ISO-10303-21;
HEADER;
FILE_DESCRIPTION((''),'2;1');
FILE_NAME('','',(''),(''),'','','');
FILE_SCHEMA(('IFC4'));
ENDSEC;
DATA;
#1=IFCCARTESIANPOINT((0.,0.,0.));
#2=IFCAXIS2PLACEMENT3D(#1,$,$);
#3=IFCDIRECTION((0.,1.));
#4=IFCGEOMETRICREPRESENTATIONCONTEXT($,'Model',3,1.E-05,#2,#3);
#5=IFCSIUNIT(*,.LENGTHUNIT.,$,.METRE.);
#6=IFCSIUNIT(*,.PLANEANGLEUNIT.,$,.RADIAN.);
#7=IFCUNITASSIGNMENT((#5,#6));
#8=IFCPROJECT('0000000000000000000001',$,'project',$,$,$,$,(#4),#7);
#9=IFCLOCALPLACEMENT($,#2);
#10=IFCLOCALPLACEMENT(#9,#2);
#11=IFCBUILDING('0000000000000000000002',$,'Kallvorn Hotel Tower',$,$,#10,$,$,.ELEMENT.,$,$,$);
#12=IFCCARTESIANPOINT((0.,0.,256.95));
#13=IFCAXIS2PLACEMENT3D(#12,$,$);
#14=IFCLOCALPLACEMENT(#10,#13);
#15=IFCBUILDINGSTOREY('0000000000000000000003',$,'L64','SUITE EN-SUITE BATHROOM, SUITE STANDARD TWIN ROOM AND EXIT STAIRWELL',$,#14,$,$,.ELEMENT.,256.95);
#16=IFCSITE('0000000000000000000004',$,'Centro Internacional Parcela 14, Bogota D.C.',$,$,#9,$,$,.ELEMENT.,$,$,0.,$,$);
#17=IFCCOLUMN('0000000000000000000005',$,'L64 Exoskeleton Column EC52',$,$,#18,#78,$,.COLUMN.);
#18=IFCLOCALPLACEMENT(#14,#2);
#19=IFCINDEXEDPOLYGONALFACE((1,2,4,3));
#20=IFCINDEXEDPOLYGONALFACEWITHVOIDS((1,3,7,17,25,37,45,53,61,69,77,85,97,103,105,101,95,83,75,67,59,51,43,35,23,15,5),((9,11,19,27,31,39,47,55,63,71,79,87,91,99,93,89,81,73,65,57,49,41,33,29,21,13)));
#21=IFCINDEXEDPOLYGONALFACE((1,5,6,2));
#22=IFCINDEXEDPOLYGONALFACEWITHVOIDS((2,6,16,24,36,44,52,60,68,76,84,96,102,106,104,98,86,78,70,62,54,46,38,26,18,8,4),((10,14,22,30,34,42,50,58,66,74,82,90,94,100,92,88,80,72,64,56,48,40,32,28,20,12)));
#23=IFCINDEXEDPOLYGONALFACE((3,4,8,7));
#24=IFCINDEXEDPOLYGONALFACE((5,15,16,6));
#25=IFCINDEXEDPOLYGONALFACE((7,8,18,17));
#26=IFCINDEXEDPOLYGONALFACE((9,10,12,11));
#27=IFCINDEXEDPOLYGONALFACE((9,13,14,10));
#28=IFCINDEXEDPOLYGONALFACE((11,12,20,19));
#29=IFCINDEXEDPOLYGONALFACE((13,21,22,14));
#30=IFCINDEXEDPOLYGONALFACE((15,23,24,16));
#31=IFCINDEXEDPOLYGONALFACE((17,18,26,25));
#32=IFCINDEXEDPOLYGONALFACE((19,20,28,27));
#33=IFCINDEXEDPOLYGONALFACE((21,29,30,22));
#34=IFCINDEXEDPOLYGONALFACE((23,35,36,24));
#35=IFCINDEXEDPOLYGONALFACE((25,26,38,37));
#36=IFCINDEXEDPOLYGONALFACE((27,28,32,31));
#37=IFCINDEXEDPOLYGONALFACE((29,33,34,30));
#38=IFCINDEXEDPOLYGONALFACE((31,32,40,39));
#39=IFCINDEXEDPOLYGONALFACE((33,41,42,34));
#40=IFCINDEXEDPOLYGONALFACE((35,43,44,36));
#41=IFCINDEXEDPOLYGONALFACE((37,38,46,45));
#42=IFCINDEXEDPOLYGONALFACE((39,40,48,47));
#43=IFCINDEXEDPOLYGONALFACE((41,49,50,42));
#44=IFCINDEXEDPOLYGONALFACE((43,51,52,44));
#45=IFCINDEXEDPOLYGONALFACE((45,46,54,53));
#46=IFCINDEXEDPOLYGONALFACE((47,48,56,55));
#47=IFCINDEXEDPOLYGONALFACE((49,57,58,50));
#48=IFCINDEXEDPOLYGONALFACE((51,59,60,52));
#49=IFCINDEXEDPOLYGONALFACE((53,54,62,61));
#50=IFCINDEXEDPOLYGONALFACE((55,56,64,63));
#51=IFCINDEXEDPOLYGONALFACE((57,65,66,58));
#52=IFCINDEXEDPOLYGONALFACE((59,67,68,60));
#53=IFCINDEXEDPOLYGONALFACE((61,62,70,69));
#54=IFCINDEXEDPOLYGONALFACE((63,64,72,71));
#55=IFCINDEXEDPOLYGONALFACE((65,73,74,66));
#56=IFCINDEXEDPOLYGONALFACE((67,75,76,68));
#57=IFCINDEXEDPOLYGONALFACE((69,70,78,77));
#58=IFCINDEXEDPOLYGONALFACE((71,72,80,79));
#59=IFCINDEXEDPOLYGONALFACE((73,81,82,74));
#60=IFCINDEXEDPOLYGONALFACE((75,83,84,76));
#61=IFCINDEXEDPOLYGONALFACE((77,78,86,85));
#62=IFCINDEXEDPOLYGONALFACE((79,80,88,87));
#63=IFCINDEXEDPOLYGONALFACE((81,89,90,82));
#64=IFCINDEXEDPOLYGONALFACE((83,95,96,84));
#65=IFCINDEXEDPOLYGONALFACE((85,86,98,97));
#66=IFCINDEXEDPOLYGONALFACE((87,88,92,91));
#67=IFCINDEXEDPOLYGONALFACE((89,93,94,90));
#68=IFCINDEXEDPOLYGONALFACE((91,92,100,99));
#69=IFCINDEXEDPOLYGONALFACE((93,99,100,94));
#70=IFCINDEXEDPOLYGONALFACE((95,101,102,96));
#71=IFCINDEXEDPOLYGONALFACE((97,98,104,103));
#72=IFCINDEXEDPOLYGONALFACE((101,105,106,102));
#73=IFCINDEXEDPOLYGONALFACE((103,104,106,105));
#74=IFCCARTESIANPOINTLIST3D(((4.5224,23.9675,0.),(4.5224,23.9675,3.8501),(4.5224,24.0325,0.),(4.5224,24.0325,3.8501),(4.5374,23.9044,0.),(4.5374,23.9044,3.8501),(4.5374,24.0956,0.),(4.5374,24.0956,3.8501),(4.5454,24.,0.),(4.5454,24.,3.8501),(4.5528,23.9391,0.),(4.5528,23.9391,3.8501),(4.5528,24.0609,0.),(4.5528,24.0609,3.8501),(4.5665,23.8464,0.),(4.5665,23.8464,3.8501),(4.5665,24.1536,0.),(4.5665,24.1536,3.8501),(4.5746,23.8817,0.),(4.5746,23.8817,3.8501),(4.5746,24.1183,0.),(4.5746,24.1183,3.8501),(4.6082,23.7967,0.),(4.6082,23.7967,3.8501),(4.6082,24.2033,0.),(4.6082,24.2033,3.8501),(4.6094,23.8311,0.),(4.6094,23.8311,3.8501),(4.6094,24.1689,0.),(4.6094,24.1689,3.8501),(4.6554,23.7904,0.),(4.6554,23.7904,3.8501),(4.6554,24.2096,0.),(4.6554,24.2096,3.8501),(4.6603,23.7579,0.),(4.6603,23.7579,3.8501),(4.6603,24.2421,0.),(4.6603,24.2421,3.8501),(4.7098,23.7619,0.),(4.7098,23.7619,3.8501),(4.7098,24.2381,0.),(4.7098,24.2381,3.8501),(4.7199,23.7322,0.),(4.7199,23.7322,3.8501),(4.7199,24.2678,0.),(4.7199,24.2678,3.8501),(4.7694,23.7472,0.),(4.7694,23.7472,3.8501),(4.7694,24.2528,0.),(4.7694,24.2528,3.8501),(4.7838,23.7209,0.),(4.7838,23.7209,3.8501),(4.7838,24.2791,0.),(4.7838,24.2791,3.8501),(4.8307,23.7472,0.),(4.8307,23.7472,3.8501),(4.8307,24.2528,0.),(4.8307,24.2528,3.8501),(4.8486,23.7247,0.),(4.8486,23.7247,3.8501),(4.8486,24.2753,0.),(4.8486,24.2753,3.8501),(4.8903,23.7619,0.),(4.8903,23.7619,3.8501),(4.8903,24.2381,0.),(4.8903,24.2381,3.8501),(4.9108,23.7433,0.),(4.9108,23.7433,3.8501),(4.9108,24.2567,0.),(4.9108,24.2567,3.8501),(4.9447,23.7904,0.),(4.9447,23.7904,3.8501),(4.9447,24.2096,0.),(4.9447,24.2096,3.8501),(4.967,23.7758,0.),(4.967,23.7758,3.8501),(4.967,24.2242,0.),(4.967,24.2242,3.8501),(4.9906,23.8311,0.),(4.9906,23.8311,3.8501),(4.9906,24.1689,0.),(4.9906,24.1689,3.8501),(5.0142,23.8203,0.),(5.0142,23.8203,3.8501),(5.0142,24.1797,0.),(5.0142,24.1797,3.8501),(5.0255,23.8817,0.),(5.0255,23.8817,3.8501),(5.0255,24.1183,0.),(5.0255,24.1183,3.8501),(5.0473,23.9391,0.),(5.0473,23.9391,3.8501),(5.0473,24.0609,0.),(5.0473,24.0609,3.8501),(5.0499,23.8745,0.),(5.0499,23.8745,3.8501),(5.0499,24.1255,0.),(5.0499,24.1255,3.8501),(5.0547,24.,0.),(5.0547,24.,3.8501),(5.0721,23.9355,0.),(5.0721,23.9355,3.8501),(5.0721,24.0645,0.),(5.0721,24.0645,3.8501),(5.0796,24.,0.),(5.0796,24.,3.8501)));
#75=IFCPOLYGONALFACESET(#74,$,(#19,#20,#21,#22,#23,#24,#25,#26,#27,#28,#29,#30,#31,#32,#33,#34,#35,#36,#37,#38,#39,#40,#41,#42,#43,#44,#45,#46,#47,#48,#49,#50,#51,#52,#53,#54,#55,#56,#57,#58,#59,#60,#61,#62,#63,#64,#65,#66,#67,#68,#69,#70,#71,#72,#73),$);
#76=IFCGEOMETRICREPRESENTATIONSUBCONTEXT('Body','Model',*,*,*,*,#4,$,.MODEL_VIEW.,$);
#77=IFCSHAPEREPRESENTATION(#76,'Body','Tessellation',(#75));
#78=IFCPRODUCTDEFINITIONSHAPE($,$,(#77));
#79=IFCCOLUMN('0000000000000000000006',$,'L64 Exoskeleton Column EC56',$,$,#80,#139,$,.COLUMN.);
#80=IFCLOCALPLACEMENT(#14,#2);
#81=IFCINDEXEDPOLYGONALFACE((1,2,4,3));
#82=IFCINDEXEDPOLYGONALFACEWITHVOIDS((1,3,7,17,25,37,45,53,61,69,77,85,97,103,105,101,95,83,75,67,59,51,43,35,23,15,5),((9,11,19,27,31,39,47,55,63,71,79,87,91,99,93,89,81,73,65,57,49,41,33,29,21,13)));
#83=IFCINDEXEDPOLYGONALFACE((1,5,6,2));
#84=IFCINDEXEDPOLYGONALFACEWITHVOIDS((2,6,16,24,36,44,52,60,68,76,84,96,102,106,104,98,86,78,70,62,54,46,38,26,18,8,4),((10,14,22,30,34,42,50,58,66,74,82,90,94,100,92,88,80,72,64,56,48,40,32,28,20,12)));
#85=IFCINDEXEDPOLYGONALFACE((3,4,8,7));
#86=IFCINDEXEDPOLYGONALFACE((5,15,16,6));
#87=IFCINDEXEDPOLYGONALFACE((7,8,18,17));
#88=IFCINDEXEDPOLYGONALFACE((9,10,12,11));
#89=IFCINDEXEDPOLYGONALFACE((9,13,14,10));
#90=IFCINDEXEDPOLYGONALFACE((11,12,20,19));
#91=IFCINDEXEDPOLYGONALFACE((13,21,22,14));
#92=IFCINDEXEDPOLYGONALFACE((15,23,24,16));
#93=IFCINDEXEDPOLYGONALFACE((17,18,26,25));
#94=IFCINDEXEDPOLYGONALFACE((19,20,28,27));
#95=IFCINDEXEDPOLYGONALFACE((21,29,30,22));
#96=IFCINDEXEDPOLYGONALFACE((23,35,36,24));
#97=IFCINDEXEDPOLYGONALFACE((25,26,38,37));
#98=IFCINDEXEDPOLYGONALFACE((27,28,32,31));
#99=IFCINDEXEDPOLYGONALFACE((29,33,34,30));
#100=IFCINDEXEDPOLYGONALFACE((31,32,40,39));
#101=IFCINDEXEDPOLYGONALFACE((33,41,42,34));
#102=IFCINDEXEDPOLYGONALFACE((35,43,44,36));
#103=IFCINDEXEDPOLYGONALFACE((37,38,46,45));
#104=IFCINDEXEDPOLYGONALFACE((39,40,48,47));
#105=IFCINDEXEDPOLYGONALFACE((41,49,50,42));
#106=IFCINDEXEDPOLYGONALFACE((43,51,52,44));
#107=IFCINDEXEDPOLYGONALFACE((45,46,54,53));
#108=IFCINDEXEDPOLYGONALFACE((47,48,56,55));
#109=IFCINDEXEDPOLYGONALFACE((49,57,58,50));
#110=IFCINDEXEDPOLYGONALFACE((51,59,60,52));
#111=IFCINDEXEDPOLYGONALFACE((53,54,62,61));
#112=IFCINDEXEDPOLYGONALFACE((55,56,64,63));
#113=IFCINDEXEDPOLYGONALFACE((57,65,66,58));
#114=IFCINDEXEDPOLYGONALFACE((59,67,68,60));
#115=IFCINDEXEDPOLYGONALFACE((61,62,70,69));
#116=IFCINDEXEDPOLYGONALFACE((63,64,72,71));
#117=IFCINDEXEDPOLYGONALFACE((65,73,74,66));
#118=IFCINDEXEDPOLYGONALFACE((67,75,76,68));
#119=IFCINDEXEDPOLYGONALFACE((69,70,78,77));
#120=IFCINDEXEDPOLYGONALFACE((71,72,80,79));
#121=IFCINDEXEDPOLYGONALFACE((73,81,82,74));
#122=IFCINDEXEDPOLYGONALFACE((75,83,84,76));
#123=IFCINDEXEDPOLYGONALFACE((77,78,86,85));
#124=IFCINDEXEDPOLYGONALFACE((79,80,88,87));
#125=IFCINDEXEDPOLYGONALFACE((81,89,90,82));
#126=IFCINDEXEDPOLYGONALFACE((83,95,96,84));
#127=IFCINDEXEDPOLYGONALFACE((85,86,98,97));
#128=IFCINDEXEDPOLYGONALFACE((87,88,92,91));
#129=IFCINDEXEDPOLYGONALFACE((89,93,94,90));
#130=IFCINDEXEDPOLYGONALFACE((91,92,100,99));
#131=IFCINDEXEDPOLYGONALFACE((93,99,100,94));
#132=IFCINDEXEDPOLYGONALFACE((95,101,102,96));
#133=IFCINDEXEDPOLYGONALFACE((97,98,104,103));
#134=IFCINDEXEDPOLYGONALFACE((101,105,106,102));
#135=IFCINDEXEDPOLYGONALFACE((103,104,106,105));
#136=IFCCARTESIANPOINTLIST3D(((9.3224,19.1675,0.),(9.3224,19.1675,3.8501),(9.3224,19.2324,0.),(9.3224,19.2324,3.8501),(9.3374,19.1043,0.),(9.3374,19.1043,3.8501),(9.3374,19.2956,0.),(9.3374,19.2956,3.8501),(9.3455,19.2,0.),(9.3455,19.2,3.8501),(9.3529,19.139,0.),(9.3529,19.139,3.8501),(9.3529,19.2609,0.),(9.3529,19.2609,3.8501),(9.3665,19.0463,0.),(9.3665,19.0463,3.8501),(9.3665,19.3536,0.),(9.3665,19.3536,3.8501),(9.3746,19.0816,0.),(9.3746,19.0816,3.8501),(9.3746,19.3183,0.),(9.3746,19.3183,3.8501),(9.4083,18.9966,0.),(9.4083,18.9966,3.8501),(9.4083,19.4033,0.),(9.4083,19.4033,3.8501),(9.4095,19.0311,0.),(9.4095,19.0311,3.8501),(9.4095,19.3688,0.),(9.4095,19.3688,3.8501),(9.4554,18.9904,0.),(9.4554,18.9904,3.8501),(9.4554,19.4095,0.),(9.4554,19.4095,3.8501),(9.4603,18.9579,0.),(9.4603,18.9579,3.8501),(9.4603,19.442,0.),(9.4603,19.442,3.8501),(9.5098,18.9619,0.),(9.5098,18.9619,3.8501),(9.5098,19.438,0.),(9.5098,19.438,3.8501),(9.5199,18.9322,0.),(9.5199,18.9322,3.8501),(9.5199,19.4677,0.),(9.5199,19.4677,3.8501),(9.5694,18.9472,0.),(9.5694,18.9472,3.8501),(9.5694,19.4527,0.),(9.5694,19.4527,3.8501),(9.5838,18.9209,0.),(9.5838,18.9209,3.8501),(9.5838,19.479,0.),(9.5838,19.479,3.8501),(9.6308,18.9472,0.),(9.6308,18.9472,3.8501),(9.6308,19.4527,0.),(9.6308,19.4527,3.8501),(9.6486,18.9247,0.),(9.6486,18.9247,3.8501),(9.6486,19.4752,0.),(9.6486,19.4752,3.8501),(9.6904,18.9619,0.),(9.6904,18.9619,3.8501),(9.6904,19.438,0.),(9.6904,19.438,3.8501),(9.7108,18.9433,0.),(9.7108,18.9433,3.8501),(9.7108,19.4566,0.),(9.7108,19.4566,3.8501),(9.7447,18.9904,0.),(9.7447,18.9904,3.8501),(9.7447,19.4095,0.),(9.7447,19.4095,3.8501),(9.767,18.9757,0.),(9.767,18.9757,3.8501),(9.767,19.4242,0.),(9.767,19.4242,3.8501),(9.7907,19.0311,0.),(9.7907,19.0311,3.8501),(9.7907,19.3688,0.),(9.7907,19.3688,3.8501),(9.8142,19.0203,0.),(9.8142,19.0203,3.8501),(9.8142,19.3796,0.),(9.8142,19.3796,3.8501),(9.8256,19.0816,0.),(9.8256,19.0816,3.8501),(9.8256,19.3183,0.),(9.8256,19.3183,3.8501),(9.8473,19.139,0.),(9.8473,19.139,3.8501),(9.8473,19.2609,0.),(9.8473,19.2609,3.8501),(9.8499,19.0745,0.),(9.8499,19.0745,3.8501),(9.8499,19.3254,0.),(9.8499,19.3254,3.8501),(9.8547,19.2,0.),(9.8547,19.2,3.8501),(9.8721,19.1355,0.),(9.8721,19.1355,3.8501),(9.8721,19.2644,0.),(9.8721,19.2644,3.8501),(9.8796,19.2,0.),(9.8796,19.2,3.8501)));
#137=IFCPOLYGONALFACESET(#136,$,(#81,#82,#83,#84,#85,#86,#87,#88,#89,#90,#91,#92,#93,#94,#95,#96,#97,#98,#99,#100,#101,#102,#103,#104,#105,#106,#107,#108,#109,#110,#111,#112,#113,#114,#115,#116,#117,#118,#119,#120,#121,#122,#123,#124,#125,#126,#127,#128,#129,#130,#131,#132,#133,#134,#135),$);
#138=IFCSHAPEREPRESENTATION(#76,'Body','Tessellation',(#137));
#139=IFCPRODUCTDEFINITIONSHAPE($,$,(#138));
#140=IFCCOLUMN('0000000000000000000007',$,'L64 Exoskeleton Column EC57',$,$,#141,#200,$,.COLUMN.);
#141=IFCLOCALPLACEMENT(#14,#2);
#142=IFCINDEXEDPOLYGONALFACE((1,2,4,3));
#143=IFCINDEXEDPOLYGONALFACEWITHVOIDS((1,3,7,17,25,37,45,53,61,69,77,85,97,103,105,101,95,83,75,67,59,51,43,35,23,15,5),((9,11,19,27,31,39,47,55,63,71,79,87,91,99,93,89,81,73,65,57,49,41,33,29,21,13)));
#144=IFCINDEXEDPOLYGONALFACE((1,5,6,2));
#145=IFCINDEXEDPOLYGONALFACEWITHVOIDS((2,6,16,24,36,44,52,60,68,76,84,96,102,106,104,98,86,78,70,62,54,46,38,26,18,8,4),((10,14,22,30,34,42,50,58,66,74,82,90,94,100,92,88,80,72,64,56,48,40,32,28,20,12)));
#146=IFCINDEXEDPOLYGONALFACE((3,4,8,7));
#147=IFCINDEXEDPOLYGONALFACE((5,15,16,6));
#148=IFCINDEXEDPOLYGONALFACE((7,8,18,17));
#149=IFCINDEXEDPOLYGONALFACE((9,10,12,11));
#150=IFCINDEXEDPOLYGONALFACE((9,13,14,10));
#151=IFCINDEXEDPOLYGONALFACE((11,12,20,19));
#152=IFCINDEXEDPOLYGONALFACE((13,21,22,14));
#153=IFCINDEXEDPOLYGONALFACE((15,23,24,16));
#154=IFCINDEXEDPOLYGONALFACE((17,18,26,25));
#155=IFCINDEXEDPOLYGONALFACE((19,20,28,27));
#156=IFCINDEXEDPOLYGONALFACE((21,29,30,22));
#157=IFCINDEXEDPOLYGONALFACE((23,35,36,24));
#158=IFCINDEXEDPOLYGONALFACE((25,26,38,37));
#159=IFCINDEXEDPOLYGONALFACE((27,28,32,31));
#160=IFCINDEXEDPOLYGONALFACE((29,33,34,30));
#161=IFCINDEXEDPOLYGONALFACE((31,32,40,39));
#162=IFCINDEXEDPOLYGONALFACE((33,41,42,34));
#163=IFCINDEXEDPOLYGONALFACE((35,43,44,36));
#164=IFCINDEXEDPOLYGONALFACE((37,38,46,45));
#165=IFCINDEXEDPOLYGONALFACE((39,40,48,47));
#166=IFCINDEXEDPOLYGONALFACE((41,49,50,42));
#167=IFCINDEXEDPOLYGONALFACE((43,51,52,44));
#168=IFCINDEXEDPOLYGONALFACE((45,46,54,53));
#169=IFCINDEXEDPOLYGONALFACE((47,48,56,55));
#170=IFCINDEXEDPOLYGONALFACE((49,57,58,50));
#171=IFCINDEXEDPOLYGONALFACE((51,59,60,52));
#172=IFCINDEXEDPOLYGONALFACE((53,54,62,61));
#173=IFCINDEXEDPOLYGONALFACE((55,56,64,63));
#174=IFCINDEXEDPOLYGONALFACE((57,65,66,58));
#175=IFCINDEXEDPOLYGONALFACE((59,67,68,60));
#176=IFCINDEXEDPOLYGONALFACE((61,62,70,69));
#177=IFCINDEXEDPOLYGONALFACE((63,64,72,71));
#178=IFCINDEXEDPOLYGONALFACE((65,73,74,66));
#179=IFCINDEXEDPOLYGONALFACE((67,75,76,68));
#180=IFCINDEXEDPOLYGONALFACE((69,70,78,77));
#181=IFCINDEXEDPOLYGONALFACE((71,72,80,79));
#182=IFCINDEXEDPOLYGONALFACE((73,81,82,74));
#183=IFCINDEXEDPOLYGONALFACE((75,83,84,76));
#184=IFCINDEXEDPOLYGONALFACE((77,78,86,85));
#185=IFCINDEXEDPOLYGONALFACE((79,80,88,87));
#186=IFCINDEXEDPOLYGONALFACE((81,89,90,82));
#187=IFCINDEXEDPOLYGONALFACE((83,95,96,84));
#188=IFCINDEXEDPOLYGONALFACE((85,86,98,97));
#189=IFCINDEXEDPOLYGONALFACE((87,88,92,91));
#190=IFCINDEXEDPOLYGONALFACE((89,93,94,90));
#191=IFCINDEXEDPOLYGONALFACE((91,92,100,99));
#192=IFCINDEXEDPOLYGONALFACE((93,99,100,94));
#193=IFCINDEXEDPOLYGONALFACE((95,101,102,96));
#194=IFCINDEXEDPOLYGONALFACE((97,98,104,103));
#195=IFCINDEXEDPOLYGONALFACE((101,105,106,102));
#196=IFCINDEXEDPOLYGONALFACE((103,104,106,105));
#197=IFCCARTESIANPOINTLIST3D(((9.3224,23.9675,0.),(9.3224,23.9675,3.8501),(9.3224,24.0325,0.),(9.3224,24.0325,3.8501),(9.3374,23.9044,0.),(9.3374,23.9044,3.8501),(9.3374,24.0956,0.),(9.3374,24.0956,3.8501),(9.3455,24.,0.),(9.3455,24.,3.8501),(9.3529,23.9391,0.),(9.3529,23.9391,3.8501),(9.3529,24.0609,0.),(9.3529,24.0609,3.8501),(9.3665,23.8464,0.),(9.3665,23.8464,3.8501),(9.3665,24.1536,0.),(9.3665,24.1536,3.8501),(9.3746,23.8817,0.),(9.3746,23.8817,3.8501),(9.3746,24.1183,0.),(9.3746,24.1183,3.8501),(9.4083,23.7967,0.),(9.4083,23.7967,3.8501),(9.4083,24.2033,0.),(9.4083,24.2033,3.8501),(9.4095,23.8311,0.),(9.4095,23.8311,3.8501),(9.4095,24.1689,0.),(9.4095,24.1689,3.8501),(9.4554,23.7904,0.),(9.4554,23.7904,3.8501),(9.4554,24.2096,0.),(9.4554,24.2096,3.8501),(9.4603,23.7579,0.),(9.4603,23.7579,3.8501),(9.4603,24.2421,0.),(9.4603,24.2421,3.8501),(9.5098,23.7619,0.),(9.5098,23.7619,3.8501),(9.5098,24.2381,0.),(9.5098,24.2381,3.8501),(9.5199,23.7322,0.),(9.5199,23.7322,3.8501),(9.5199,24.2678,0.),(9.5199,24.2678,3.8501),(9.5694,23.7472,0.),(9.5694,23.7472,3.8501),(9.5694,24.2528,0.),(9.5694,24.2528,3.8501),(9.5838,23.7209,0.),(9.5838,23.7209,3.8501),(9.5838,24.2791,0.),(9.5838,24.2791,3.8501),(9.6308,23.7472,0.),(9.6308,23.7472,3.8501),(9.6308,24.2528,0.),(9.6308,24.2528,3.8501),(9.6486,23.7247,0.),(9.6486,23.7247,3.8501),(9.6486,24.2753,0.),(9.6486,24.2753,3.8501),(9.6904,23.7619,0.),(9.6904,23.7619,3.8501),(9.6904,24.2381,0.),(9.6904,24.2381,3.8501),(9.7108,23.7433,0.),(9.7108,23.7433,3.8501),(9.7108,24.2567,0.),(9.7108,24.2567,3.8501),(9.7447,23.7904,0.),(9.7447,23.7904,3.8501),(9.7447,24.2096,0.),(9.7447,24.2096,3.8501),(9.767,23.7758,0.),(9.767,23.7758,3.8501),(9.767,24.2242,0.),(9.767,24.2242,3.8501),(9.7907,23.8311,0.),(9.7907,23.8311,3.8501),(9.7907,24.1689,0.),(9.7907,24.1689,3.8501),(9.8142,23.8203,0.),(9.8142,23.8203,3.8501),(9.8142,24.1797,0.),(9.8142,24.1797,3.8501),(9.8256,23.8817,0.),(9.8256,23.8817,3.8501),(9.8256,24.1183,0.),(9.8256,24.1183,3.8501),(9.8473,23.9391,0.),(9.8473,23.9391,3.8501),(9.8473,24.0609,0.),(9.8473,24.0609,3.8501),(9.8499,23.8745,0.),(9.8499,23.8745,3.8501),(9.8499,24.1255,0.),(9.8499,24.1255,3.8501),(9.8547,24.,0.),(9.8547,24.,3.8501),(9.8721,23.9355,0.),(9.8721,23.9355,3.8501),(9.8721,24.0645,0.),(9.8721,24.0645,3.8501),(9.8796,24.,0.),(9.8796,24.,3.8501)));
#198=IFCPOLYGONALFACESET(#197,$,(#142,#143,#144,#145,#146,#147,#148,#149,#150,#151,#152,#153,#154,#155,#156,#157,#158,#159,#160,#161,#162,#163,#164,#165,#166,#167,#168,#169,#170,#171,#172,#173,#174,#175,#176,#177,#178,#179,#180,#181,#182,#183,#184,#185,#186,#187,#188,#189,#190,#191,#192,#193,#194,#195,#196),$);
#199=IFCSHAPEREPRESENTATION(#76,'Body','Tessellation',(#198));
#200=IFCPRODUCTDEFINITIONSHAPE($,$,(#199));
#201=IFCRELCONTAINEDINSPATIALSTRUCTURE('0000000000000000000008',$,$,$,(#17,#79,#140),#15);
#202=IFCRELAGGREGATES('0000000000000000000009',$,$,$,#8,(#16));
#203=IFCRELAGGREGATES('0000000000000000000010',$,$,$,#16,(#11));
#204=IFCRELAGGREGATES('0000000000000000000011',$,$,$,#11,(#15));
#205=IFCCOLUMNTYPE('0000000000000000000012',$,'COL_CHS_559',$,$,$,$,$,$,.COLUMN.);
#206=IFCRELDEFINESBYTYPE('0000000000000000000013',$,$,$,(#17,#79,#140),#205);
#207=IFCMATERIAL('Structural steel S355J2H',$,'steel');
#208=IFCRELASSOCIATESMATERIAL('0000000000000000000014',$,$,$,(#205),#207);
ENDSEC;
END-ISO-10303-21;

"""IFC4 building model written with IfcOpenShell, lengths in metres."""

from ifc_helpers import new_model, si_unit, direction, frame, origin, origin_2d, place, context, subcontext, project, spatial, hollow_circle, extrude, material, material_profile, profile_set, type_object, element, save


model = new_model("IFC4")

# Units and contexts
model_context = context("Model", 3, precision=1e-05, world=origin(), true_north=direction((0.0, 1.0)))
body_context = subcontext(model_context, "Body", "Model", "MODEL_VIEW")
ifc_project = project(units=[si_unit("LENGTHUNIT", "METRE"), si_unit("PLANEANGLEUNIT", "RADIAN")], contexts=[model_context])

# Site, building, storey
site_placement = place(None, origin())
site = spatial("IfcSite", under=ifc_project, at=site_placement, Name="Centro Internacional Parcela 14, Bogota D.C.", CompositionType="ELEMENT", RefElevation=0.0)
building_placement = place(site_placement, origin())
building = spatial("IfcBuilding", under=site, at=building_placement, Name="Kallvorn Hotel Tower", CompositionType="ELEMENT")
storey_placement = place(building_placement, frame((0.0, 0.0, 256.95)))
storey = spatial("IfcBuildingStorey", under=building, at=storey_placement, Name="L64", Description="SUITE EN-SUITE BATHROOM, SUITE STANDARD TWIN ROOM AND EXIT STAIRWELL", CompositionType="ELEMENT", Elevation=256.95)

# Columns
ifc_material_1 = material(Name="Structural steel S355J2H", Category="steel")
ifc_material_profile_1 = material_profile(ifc_material_1, hollow_circle(Radius=0.2795, WallThickness=0.0249, at=origin_2d()), Name="CHS 559x25")
ifc_profile_set_1 = profile_set([ifc_material_profile_1], Name="Structural steel S355J2H")
column_type_1 = type_object("IfcColumnType", Name="COL_CHS_559", PredefinedType="COLUMN", material=ifc_profile_set_1)
for number, where, z_axis, x_axis, name in (
    (1, (4.8, 24.0, 0.0), (0.0, 0.0, 1.0), (1.0, 0.0, 0.0), "L64 Exoskeleton Column EC52"),
    (2, (9.6001, 19.2, 0.0), (0.0, 0.0, 1.0), (1.0, 0.0, 0.0), "L64 Exoskeleton Column EC56"),
    (3, (9.6001, 24.0, 0.0), (0.0, 0.0, 1.0), (1.0, 0.0, 0.0), "L64 Exoskeleton Column EC57"),
):
    element("IfcColumn", number, at=place(storey_placement, frame(where, z_axis=z_axis, x_axis=x_axis)), inside=storey, type_object=column_type_1, Name=name, PredefinedType="COLUMN", context=body_context, shape_type="SweptSolid", body=[
        extrude(hollow_circle(Radius=0.2795, WallThickness=0.0249, at=origin_2d()), origin(), (0.0, 0.0, 1.0), 3.8501),
    ])

save(model, "model.ifc")
